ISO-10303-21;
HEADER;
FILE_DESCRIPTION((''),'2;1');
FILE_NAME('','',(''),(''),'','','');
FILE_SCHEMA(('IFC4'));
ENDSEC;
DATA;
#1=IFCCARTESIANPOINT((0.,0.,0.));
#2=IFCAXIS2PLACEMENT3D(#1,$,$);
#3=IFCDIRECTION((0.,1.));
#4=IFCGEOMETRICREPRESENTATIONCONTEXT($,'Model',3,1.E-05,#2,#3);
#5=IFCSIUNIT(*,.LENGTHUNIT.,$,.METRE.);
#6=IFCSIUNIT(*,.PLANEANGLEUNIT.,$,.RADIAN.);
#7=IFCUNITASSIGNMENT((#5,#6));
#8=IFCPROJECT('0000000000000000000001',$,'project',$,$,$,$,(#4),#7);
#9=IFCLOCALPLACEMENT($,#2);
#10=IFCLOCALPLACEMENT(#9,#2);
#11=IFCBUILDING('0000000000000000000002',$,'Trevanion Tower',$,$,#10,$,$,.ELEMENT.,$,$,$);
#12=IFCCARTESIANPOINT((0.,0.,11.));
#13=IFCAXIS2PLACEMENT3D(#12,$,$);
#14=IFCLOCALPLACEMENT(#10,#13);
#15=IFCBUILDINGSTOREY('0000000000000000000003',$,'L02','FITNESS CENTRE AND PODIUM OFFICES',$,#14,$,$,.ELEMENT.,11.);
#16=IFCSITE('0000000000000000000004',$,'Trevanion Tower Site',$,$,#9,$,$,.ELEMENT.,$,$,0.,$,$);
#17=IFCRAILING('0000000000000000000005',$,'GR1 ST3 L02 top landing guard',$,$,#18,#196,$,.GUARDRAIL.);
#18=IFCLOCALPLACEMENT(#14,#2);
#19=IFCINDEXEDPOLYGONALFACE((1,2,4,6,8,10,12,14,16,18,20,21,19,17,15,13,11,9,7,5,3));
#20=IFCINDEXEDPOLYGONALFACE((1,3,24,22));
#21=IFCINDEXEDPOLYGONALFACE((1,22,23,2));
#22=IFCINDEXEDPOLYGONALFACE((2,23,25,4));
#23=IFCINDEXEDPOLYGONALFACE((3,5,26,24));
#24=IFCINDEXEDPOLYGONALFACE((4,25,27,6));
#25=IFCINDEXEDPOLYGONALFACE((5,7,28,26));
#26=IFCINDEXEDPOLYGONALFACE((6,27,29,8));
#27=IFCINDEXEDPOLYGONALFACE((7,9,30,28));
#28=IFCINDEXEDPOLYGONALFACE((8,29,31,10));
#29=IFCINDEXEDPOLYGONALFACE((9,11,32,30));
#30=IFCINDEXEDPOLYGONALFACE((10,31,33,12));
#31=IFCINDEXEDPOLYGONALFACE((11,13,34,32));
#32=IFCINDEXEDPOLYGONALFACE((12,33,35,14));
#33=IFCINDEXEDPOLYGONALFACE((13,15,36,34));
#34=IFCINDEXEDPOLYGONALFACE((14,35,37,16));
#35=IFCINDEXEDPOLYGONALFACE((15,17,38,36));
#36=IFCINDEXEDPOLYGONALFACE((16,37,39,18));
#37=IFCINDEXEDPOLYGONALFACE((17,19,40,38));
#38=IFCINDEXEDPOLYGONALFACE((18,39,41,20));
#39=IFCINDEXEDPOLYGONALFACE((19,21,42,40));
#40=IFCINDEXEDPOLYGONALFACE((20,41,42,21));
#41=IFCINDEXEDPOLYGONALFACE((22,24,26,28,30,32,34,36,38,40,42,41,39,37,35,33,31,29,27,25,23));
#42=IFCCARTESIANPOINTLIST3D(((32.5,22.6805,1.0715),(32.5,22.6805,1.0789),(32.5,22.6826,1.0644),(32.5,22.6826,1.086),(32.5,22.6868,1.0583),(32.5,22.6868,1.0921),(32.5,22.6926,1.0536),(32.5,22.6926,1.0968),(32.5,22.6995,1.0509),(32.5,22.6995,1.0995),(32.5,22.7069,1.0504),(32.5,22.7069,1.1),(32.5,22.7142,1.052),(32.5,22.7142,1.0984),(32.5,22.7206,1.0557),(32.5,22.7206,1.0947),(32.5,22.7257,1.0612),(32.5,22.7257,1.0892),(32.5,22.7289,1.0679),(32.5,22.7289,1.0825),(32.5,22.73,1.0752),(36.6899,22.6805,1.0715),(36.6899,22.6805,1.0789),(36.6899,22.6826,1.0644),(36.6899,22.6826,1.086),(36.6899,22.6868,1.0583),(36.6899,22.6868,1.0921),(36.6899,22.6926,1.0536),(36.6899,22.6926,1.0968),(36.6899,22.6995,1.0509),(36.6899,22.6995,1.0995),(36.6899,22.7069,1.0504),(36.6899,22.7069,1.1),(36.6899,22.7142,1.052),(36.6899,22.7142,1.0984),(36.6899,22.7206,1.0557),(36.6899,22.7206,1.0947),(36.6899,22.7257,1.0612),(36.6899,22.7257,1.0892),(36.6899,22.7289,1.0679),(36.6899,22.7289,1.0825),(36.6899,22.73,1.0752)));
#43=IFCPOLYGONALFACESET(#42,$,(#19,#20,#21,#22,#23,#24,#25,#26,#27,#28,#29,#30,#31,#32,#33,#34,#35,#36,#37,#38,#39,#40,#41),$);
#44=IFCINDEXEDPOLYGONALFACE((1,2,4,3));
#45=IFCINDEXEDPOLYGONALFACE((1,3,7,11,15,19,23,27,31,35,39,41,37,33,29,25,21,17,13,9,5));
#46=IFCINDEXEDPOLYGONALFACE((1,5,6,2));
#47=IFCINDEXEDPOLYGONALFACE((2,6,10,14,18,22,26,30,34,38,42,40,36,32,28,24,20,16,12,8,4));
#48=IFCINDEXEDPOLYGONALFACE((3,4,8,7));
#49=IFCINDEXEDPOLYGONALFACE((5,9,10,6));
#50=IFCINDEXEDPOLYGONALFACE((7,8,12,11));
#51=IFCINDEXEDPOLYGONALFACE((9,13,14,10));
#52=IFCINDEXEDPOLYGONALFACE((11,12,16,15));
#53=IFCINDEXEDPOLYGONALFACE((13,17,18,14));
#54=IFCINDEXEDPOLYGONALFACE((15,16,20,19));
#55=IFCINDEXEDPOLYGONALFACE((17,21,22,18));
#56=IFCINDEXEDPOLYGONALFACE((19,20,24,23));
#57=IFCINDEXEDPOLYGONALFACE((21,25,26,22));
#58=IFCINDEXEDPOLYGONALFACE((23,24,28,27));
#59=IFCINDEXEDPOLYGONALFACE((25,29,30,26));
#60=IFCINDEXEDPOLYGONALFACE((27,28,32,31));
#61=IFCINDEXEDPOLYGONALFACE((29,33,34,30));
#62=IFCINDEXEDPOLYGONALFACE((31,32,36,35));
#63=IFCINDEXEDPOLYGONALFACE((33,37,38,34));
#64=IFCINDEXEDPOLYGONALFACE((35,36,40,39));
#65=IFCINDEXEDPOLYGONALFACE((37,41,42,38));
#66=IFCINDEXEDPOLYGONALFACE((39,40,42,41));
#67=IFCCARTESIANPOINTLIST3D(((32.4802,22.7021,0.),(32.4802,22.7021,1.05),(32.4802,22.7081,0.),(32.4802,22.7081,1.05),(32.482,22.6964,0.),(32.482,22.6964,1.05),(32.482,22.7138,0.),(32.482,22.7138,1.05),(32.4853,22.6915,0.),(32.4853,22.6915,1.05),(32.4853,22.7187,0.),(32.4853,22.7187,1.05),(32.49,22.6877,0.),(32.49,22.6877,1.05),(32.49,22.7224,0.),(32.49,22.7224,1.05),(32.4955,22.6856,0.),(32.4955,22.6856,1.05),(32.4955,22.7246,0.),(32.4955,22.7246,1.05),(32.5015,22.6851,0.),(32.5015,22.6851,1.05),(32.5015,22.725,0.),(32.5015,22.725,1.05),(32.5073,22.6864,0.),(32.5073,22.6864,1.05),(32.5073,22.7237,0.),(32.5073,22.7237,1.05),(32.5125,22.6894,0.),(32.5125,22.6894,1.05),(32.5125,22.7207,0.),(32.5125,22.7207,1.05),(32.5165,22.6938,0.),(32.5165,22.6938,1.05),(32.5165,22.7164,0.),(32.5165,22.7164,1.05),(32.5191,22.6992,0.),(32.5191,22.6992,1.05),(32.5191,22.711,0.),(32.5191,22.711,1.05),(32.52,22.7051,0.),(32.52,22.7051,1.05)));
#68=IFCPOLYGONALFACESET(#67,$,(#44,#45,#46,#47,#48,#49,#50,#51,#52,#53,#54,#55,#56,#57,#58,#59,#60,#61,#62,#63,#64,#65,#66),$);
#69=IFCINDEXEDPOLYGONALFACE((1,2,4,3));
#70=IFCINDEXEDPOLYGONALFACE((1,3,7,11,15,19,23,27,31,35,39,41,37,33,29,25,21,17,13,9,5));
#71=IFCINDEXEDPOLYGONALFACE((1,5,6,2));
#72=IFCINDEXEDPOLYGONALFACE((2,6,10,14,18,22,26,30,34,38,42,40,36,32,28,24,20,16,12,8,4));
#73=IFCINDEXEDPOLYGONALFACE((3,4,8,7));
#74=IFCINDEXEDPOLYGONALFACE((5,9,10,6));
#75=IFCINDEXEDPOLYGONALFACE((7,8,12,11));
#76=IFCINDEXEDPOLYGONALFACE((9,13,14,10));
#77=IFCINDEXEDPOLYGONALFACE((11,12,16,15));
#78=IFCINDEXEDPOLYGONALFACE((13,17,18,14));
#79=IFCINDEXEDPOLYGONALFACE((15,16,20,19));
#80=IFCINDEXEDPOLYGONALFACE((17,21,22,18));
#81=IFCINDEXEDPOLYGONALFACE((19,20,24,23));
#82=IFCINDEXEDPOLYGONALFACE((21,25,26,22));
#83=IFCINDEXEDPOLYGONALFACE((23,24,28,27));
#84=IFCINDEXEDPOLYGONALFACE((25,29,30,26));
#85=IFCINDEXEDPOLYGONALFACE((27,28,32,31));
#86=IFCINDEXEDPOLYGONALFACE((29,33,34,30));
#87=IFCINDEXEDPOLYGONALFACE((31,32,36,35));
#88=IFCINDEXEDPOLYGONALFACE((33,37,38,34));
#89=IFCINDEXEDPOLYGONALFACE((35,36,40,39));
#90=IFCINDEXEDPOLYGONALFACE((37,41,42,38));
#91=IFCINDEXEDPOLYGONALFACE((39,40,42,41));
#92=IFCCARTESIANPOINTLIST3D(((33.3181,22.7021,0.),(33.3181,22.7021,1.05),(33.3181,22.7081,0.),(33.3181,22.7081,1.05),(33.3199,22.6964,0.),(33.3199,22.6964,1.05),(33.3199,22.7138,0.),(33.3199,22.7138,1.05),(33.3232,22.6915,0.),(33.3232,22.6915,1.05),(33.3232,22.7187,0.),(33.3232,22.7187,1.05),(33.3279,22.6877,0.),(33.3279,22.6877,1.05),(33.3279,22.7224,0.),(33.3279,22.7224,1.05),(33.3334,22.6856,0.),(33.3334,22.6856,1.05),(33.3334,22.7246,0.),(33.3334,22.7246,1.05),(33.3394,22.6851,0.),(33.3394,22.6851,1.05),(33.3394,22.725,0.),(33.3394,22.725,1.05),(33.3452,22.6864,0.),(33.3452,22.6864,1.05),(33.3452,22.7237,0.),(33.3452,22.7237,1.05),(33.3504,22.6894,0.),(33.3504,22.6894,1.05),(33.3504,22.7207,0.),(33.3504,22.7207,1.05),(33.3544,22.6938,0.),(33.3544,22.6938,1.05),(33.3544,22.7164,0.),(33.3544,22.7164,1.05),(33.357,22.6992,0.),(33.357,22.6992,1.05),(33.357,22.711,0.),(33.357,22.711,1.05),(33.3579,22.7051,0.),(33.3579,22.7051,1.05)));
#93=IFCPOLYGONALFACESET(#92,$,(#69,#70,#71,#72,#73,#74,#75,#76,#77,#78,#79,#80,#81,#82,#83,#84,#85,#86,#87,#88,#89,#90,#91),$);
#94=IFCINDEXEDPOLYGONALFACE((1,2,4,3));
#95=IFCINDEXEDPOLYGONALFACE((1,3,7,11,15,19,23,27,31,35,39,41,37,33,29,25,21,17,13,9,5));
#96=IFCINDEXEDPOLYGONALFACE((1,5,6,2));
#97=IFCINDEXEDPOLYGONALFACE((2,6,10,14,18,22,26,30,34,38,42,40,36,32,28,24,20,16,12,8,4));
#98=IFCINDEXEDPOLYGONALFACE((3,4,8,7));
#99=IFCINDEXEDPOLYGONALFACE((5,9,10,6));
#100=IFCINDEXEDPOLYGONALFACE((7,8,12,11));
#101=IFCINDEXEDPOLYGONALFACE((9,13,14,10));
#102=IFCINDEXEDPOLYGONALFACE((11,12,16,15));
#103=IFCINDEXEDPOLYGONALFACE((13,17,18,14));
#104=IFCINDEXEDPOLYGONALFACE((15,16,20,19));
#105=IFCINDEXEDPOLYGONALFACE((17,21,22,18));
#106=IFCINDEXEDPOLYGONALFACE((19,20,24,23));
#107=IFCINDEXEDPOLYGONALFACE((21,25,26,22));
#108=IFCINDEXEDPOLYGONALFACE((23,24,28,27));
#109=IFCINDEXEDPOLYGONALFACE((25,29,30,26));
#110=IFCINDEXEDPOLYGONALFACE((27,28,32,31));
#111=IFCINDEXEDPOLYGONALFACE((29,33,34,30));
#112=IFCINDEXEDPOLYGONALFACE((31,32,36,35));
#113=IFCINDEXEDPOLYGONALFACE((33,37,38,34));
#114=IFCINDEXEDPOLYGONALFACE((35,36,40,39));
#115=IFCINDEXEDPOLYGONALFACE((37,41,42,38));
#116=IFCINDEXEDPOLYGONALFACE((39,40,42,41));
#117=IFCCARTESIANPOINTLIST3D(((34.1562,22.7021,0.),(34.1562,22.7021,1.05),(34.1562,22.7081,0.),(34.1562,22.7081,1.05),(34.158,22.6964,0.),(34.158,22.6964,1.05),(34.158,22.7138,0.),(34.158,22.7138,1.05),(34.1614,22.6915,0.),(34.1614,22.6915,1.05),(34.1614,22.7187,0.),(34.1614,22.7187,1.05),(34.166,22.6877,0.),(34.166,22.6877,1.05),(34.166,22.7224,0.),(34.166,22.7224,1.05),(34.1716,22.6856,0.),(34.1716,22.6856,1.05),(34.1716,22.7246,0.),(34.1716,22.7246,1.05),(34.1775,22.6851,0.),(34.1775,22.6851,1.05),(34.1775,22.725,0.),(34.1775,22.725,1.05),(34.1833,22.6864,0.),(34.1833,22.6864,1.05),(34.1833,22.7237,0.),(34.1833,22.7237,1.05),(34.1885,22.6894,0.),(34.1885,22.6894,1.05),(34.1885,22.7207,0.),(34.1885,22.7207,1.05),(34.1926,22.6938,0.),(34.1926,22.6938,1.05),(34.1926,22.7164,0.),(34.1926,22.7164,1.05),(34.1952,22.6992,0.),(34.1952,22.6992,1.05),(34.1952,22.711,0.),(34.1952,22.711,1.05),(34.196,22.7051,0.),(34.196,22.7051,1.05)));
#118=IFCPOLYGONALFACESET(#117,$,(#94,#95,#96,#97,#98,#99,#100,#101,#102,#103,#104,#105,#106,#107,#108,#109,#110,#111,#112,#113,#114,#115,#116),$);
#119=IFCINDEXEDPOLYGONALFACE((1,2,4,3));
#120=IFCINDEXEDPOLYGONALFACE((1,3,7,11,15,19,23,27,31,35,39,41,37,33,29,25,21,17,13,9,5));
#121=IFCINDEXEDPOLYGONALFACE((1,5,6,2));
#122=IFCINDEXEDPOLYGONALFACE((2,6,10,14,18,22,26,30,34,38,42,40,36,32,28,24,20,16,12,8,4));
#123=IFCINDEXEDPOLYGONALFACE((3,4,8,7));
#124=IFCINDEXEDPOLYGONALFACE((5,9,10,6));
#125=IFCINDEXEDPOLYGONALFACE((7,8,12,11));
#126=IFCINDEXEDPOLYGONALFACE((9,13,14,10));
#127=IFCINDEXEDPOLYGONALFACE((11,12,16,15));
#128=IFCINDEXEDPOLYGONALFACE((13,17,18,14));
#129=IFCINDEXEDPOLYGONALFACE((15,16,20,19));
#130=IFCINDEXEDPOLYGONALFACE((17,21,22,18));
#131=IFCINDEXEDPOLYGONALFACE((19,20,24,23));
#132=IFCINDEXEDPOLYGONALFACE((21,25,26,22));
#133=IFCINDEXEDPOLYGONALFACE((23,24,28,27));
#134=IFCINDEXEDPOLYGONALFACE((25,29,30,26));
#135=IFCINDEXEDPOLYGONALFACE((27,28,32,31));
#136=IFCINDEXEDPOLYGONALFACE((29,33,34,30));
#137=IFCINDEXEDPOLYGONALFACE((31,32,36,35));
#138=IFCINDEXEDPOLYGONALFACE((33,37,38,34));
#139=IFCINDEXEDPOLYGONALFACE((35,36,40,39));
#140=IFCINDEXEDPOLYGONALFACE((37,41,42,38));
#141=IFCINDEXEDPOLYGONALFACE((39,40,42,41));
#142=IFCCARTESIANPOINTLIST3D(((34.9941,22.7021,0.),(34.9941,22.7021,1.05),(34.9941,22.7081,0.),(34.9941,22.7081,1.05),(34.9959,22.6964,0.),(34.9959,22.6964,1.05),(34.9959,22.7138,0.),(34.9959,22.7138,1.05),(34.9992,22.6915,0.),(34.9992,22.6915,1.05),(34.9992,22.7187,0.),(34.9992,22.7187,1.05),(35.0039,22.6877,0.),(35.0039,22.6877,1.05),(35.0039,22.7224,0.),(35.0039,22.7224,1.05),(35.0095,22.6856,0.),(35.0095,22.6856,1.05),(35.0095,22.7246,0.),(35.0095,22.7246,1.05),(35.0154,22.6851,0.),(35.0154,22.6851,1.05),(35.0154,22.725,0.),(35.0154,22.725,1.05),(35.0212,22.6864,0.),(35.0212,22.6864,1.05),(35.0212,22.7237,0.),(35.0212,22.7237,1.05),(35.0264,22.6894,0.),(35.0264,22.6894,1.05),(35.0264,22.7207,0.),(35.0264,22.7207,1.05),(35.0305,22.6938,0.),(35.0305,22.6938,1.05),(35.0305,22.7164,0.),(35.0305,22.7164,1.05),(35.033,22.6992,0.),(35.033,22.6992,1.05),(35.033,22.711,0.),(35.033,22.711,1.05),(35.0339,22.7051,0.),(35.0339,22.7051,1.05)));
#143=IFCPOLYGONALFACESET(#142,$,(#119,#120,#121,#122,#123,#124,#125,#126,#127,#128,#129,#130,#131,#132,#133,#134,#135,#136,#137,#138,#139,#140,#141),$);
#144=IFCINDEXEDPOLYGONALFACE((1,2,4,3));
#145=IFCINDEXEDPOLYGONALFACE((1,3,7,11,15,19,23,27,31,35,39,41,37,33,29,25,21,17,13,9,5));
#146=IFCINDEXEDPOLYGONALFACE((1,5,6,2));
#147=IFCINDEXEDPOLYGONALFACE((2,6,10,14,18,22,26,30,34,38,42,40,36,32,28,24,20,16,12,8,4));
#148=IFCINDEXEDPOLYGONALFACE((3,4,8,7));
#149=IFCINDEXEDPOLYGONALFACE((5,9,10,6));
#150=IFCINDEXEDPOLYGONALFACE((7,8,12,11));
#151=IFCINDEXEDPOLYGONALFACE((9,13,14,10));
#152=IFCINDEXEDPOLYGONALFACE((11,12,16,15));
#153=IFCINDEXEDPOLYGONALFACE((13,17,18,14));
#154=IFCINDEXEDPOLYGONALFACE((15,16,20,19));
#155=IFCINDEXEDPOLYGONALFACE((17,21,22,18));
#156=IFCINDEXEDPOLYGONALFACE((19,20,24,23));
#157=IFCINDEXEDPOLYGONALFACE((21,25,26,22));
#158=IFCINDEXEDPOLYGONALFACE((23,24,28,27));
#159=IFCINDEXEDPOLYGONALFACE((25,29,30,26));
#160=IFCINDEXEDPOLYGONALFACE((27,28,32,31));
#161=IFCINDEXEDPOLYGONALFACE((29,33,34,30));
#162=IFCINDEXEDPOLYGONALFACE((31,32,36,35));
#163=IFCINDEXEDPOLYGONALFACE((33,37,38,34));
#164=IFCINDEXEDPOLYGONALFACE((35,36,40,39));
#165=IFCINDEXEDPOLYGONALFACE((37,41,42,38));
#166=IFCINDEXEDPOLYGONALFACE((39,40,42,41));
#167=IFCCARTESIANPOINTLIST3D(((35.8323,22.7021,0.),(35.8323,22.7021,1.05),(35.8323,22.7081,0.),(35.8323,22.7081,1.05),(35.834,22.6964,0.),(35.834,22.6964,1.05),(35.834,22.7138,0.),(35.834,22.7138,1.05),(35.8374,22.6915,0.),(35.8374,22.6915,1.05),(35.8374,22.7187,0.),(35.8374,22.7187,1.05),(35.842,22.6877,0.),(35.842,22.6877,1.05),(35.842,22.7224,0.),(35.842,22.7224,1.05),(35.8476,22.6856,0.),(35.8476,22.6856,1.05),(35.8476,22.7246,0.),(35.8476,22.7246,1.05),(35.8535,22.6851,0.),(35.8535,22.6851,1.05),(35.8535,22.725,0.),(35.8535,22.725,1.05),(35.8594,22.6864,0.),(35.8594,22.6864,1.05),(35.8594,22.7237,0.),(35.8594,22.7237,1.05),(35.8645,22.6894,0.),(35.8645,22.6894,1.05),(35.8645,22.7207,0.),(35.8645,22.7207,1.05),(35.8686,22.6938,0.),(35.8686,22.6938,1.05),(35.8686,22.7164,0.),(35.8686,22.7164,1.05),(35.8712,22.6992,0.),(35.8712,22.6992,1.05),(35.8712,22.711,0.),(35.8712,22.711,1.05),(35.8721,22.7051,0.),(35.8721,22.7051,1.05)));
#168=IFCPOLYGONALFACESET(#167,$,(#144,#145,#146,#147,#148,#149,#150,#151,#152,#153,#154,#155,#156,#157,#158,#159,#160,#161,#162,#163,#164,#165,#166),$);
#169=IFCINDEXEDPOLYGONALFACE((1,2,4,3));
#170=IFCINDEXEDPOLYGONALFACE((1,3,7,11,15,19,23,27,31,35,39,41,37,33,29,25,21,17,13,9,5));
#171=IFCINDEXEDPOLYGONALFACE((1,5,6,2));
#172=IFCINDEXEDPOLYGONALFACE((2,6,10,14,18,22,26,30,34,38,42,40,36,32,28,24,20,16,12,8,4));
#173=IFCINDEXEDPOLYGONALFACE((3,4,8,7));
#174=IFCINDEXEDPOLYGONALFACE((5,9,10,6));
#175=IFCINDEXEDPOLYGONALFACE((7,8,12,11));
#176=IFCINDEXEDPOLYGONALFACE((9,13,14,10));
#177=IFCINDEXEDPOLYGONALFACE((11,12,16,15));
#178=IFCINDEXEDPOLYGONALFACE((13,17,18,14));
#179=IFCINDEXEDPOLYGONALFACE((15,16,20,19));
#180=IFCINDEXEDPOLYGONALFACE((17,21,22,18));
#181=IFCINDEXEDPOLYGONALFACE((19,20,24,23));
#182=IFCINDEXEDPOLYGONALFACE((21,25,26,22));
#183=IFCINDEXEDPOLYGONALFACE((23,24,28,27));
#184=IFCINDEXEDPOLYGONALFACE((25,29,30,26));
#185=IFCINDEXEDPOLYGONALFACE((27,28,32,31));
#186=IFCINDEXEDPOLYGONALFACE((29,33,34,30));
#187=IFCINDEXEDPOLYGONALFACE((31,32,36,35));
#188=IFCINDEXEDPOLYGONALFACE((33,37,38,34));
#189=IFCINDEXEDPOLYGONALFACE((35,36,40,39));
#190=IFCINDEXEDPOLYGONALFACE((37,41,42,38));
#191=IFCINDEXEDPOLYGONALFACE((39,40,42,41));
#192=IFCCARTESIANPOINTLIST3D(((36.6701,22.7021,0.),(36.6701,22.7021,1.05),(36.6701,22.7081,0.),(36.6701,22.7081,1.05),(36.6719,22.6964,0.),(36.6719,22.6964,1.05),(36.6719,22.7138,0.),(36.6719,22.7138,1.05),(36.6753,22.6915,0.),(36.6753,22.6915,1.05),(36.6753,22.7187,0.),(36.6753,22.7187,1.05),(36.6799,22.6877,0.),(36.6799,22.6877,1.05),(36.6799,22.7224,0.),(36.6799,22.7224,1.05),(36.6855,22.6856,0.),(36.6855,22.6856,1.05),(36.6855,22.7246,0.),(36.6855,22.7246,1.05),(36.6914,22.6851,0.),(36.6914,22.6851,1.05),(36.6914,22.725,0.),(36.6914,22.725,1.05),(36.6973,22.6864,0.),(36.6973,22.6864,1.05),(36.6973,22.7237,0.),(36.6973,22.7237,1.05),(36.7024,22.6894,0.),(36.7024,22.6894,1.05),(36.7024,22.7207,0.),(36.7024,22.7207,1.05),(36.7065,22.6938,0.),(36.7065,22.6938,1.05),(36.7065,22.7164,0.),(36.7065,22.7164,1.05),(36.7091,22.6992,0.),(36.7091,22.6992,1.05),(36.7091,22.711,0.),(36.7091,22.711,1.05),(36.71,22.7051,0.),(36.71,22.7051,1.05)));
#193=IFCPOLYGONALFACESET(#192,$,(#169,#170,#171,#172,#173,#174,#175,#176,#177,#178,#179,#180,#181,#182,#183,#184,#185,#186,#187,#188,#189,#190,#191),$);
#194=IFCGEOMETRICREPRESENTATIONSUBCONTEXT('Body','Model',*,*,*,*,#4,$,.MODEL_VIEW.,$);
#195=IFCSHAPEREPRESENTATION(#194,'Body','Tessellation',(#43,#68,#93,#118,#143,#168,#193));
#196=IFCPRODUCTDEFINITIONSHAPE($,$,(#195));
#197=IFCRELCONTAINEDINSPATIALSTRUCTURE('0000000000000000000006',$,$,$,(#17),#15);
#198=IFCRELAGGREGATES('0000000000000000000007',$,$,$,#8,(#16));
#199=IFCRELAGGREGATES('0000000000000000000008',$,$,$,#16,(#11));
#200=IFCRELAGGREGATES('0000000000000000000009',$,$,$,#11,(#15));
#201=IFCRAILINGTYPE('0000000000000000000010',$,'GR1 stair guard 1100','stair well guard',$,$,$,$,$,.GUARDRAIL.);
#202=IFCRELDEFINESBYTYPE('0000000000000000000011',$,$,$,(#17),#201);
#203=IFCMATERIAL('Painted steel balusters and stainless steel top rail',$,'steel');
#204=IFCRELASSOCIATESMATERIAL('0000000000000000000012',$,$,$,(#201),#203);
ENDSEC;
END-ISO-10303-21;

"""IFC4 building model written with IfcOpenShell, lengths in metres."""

from ifc_helpers import new_model, si_unit, direction, frame, origin, origin_2d, place, context, subcontext, project, spatial, circle, extrude, material, type_object, element, save


model = new_model("IFC4")

# Units and contexts
model_context = context("Model", 3, precision=1e-05, world=origin(), true_north=direction((0.0, 1.0)))
body_context = subcontext(model_context, "Body", "Model", "MODEL_VIEW")
ifc_project = project(units=[si_unit("LENGTHUNIT", "METRE"), si_unit("PLANEANGLEUNIT", "RADIAN")], contexts=[model_context])

# Site, building, storey
site_placement = place(None, origin())
site = spatial("IfcSite", under=ifc_project, at=site_placement, Name="Trevanion Tower Site", CompositionType="ELEMENT", RefElevation=0.0)
building_placement = place(site_placement, origin())
building = spatial("IfcBuilding", under=site, at=building_placement, Name="Trevanion Tower", CompositionType="ELEMENT")
storey_placement = place(building_placement, frame((0.0, 0.0, 11.0)))
storey = spatial("IfcBuildingStorey", under=building, at=storey_placement, Name="L02", Description="FITNESS CENTRE AND PODIUM OFFICES", CompositionType="ELEMENT", Elevation=11.0)

# Railing
ifc_material_1 = material(Name="Painted steel balusters and stainless steel top rail", Category="steel")
railing_type = type_object("IfcRailingType", Name="GR1 stair guard 1100", Description="stair well guard", PredefinedType="GUARDRAIL", material=ifc_material_1)
railing_placement = place(storey_placement, frame((32.5, 22.7051, 0.0)))
element("IfcRailing", 1, at=railing_placement, inside=storey, type_object=railing_type, Name="GR1 ST3 L02 top landing guard", PredefinedType="GUARDRAIL", context=body_context, shape_type="SweptSolid", body=[
    extrude(circle(Radius=0.0249, at=origin_2d()), frame((0.0, 0.0, 1.0752), z_axis=(1.0, 0.0, 0.0), x_axis=(0.0, 1.0, 0.0)), (0.0, 0.0, 1.0), 4.1899),
    extrude(circle(Radius=0.02, at=origin_2d()), origin(), (0.0, 0.0, 1.0), 1.05),
    extrude(circle(Radius=0.02, at=origin_2d()), frame((0.8379, 0.0, 0.0)), (0.0, 0.0, 1.0), 1.05),
    extrude(circle(Radius=0.02, at=origin_2d()), frame((1.676, 0.0, 0.0)), (0.0, 0.0, 1.0), 1.05),
    extrude(circle(Radius=0.02, at=origin_2d()), frame((2.5139, 0.0, 0.0)), (0.0, 0.0, 1.0), 1.05),
    extrude(circle(Radius=0.02, at=origin_2d()), frame((3.3521, 0.0, 0.0)), (0.0, 0.0, 1.0), 1.05),
    extrude(circle(Radius=0.02, at=origin_2d()), frame((4.1899, 0.0, 0.0)), (0.0, 0.0, 1.0), 1.05),
])

save(model, "model.ifc")
